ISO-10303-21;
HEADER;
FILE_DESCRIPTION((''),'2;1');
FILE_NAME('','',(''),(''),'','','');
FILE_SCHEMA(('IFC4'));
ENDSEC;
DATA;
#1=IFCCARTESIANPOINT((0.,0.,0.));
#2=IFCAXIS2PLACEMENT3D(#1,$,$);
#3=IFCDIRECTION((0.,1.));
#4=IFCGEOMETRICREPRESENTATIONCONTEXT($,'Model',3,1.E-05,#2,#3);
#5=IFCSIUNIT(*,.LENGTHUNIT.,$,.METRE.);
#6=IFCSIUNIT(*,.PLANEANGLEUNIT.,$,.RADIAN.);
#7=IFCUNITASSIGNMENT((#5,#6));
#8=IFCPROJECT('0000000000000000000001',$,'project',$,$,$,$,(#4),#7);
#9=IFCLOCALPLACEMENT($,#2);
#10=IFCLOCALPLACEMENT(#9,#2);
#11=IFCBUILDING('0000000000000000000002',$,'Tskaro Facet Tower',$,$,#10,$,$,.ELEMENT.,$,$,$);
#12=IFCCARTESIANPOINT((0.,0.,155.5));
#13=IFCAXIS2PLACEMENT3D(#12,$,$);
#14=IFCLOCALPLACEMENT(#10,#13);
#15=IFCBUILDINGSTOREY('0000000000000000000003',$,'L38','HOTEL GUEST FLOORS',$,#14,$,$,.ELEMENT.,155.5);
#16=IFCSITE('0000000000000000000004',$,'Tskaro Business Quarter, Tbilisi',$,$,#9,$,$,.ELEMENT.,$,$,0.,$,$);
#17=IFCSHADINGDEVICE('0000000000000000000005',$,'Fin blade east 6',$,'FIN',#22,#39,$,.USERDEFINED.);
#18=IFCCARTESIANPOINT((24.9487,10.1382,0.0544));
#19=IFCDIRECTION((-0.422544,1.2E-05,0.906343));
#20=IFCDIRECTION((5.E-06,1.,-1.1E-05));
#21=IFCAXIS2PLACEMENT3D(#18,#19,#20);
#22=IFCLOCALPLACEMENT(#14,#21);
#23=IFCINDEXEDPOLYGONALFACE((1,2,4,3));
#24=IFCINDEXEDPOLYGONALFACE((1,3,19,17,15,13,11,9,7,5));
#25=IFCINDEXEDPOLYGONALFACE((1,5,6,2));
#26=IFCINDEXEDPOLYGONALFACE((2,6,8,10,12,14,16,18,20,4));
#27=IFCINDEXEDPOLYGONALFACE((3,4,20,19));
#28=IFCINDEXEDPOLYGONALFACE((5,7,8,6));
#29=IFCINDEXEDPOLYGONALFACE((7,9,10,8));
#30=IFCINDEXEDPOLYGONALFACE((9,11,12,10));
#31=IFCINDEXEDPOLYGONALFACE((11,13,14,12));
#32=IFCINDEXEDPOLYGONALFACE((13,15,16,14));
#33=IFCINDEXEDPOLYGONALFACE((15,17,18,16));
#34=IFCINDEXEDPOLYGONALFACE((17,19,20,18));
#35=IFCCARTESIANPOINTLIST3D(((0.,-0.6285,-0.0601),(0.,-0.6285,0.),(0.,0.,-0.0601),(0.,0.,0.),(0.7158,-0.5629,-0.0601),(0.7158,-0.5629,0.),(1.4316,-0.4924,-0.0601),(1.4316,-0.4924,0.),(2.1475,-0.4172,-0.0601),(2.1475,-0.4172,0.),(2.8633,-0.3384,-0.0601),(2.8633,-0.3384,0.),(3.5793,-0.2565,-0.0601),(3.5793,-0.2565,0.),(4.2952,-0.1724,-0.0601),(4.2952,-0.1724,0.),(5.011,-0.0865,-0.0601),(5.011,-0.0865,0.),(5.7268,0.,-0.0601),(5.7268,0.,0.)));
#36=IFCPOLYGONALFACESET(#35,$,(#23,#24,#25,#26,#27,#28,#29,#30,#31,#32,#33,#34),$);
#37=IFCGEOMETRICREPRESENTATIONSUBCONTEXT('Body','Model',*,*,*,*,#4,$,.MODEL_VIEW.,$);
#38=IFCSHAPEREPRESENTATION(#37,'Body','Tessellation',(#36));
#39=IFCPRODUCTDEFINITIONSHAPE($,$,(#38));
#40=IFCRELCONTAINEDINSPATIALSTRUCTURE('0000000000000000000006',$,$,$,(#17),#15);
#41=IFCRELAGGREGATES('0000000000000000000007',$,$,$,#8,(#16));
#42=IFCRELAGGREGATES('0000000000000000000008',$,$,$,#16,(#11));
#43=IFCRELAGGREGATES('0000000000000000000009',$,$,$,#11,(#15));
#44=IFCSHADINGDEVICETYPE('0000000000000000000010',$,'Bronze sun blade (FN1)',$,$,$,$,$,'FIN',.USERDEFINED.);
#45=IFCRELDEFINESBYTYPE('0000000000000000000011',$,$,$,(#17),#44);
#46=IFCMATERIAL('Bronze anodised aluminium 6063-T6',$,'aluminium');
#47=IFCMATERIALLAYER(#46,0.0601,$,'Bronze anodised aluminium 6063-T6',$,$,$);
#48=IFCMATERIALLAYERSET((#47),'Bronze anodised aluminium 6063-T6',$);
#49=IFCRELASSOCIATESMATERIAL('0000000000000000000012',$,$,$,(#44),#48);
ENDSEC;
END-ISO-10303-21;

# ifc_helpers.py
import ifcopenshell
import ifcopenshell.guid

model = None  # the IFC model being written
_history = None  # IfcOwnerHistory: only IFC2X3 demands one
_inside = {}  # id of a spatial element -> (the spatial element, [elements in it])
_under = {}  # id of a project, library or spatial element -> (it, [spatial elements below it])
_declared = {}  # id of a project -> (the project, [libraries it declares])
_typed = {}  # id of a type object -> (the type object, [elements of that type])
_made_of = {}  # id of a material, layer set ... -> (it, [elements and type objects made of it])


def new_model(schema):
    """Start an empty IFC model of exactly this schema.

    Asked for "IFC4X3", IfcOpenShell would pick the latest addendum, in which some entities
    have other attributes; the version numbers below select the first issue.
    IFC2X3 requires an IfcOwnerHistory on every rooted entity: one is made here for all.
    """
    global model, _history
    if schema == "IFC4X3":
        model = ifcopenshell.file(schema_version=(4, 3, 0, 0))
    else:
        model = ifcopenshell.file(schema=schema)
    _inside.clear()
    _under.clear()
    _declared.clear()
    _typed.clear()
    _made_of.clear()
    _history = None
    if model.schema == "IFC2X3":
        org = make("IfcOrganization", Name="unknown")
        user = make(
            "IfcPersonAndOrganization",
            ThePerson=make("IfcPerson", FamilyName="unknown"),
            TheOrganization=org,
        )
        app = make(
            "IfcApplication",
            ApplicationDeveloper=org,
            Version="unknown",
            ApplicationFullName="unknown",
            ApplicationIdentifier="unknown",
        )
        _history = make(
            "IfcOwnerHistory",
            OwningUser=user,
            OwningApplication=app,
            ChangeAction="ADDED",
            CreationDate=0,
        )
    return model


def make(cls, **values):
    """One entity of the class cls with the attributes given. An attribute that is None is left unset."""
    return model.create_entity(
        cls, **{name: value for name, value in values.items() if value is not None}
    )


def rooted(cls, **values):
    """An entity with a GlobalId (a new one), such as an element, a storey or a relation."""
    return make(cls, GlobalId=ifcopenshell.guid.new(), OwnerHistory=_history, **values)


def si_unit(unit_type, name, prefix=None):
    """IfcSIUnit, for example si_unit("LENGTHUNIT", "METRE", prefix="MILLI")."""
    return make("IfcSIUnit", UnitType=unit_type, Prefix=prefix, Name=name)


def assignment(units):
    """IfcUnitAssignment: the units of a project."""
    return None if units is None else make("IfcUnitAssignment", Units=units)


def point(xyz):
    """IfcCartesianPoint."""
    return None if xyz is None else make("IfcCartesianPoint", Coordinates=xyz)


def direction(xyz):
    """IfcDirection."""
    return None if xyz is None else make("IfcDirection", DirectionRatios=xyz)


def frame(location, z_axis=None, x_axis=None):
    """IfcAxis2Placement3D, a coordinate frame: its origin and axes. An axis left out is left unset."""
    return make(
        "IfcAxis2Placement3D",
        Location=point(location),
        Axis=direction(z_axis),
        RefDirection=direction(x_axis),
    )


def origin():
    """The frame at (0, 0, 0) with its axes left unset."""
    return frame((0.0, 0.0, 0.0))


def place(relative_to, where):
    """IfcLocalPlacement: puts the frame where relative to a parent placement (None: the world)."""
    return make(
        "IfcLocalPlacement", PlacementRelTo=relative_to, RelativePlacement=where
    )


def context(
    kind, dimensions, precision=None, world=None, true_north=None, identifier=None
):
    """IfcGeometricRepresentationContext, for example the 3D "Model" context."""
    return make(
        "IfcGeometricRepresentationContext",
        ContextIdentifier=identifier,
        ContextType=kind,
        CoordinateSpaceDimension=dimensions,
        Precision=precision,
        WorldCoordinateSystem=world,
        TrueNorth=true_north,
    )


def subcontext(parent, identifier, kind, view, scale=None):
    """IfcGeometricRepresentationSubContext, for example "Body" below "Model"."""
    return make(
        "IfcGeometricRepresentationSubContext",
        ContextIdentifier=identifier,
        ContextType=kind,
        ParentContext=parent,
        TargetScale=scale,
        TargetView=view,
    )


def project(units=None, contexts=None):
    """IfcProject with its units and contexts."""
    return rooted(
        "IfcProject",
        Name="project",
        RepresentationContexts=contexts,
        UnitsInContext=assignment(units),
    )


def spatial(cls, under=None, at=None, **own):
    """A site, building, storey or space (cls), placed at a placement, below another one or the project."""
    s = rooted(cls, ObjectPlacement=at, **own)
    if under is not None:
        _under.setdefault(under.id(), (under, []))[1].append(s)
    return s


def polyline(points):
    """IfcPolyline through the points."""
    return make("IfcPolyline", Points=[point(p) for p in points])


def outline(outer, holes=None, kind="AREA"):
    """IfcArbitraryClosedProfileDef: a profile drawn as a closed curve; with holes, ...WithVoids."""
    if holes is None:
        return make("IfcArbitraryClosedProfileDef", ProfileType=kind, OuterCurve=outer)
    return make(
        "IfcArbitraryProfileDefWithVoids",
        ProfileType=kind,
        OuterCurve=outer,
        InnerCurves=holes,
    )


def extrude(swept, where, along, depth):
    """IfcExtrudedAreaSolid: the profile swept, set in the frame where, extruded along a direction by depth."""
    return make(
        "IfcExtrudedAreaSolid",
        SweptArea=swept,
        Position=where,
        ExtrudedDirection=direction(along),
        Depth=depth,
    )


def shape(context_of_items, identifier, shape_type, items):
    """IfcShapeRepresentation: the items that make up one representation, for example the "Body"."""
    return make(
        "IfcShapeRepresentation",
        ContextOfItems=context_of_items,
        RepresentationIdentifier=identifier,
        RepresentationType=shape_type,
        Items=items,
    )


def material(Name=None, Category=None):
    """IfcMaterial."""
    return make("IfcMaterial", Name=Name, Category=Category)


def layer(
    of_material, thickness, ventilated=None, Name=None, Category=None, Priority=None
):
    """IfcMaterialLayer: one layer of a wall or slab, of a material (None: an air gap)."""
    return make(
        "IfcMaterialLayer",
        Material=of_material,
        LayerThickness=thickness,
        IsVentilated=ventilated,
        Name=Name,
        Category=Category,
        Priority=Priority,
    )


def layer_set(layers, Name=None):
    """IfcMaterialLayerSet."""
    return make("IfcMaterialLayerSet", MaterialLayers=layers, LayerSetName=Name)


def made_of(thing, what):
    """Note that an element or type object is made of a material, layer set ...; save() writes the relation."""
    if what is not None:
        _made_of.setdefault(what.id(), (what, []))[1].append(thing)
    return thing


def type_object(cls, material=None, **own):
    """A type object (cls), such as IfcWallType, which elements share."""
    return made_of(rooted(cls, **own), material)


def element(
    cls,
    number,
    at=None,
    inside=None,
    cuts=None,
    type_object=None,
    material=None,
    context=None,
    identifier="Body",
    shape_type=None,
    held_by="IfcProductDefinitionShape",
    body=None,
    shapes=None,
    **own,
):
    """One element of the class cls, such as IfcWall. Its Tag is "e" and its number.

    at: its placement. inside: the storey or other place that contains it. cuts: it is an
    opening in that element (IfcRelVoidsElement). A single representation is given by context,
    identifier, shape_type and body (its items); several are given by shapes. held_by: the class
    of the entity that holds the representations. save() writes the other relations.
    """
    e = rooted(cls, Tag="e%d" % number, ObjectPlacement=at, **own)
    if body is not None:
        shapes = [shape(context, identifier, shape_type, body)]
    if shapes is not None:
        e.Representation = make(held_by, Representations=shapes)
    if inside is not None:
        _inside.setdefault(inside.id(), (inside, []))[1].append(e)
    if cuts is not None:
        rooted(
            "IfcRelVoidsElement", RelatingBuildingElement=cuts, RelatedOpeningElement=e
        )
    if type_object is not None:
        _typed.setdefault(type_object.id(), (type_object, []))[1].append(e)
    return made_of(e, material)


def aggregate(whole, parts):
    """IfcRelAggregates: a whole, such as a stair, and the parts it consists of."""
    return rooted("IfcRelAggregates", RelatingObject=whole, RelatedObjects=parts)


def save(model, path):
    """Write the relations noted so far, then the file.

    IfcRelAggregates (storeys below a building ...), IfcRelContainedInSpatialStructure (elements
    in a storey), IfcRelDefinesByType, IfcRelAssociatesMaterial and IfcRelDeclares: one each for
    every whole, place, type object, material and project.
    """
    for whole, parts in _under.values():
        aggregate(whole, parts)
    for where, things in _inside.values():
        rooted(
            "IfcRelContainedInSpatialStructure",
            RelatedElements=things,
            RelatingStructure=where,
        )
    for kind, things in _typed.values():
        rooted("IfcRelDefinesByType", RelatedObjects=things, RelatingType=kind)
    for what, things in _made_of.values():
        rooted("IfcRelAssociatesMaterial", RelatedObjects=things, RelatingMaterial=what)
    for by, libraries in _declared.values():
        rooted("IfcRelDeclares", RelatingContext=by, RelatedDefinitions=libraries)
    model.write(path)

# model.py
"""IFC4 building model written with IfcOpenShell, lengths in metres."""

from ifc_helpers import new_model, si_unit, direction, frame, origin, place, context, subcontext, project, spatial, polyline, outline, extrude, material, layer, layer_set, type_object, element, save


model = new_model("IFC4")

# Units and contexts
model_context = context("Model", 3, precision=1e-05, world=origin(), true_north=direction((0.0, 1.0)))
body_context = subcontext(model_context, "Body", "Model", "MODEL_VIEW")
ifc_project = project(units=[si_unit("LENGTHUNIT", "METRE"), si_unit("PLANEANGLEUNIT", "RADIAN")], contexts=[model_context])

# Site, building, storey
site_placement = place(None, origin())
site = spatial("IfcSite", under=ifc_project, at=site_placement, Name="Tskaro Business Quarter, Tbilisi", CompositionType="ELEMENT", RefElevation=0.0)
building_placement = place(site_placement, origin())
building = spatial("IfcBuilding", under=site, at=building_placement, Name="Tskaro Facet Tower", CompositionType="ELEMENT")
storey_placement = place(building_placement, frame((0.0, 0.0, 155.5)))
storey = spatial("IfcBuildingStorey", under=building, at=storey_placement, Name="L38", Description="HOTEL GUEST FLOORS", CompositionType="ELEMENT", Elevation=155.5)

# Shared definitions
ifc_material_1 = material(Name="Bronze anodised aluminium 6063-T6", Category="aluminium")

# Shading device
ifc_layer_1 = layer(ifc_material_1, 0.0601, Name="Bronze anodised aluminium 6063-T6")
ifc_layer_set_1 = layer_set([ifc_layer_1], Name="Bronze anodised aluminium 6063-T6")
shading_device_type = type_object("IfcShadingDeviceType", Name="Bronze sun blade (FN1)", ElementType="FIN", PredefinedType="USERDEFINED", material=ifc_layer_set_1)
shading_device_1_placement = place(storey_placement, frame((24.9487, 10.1382, 0.0544), z_axis=(-0.422544, 0.000012, 0.906343), x_axis=(0.000005, 1.0, -0.000011)))
element("IfcShadingDevice", 1, at=shading_device_1_placement, inside=storey, type_object=shading_device_type, Name="Fin blade east 6", ObjectType="FIN", PredefinedType="USERDEFINED", context=body_context, shape_type="SweptSolid", body=[
    extrude(outline(polyline([(0.0, 0.0), (5.7268, 0.0), (5.011, -0.0865), (4.2952, -0.1724), (3.5793, -0.2565), (2.8633, -0.3384), (2.1475, -0.4172), (1.4316, -0.4924), (0.7158, -0.5629), (0.0, -0.6285), (0.0, 0.0)])), origin(), (0.0, 0.0, -1.0), 0.0601),
])

save(model, "model.ifc")
